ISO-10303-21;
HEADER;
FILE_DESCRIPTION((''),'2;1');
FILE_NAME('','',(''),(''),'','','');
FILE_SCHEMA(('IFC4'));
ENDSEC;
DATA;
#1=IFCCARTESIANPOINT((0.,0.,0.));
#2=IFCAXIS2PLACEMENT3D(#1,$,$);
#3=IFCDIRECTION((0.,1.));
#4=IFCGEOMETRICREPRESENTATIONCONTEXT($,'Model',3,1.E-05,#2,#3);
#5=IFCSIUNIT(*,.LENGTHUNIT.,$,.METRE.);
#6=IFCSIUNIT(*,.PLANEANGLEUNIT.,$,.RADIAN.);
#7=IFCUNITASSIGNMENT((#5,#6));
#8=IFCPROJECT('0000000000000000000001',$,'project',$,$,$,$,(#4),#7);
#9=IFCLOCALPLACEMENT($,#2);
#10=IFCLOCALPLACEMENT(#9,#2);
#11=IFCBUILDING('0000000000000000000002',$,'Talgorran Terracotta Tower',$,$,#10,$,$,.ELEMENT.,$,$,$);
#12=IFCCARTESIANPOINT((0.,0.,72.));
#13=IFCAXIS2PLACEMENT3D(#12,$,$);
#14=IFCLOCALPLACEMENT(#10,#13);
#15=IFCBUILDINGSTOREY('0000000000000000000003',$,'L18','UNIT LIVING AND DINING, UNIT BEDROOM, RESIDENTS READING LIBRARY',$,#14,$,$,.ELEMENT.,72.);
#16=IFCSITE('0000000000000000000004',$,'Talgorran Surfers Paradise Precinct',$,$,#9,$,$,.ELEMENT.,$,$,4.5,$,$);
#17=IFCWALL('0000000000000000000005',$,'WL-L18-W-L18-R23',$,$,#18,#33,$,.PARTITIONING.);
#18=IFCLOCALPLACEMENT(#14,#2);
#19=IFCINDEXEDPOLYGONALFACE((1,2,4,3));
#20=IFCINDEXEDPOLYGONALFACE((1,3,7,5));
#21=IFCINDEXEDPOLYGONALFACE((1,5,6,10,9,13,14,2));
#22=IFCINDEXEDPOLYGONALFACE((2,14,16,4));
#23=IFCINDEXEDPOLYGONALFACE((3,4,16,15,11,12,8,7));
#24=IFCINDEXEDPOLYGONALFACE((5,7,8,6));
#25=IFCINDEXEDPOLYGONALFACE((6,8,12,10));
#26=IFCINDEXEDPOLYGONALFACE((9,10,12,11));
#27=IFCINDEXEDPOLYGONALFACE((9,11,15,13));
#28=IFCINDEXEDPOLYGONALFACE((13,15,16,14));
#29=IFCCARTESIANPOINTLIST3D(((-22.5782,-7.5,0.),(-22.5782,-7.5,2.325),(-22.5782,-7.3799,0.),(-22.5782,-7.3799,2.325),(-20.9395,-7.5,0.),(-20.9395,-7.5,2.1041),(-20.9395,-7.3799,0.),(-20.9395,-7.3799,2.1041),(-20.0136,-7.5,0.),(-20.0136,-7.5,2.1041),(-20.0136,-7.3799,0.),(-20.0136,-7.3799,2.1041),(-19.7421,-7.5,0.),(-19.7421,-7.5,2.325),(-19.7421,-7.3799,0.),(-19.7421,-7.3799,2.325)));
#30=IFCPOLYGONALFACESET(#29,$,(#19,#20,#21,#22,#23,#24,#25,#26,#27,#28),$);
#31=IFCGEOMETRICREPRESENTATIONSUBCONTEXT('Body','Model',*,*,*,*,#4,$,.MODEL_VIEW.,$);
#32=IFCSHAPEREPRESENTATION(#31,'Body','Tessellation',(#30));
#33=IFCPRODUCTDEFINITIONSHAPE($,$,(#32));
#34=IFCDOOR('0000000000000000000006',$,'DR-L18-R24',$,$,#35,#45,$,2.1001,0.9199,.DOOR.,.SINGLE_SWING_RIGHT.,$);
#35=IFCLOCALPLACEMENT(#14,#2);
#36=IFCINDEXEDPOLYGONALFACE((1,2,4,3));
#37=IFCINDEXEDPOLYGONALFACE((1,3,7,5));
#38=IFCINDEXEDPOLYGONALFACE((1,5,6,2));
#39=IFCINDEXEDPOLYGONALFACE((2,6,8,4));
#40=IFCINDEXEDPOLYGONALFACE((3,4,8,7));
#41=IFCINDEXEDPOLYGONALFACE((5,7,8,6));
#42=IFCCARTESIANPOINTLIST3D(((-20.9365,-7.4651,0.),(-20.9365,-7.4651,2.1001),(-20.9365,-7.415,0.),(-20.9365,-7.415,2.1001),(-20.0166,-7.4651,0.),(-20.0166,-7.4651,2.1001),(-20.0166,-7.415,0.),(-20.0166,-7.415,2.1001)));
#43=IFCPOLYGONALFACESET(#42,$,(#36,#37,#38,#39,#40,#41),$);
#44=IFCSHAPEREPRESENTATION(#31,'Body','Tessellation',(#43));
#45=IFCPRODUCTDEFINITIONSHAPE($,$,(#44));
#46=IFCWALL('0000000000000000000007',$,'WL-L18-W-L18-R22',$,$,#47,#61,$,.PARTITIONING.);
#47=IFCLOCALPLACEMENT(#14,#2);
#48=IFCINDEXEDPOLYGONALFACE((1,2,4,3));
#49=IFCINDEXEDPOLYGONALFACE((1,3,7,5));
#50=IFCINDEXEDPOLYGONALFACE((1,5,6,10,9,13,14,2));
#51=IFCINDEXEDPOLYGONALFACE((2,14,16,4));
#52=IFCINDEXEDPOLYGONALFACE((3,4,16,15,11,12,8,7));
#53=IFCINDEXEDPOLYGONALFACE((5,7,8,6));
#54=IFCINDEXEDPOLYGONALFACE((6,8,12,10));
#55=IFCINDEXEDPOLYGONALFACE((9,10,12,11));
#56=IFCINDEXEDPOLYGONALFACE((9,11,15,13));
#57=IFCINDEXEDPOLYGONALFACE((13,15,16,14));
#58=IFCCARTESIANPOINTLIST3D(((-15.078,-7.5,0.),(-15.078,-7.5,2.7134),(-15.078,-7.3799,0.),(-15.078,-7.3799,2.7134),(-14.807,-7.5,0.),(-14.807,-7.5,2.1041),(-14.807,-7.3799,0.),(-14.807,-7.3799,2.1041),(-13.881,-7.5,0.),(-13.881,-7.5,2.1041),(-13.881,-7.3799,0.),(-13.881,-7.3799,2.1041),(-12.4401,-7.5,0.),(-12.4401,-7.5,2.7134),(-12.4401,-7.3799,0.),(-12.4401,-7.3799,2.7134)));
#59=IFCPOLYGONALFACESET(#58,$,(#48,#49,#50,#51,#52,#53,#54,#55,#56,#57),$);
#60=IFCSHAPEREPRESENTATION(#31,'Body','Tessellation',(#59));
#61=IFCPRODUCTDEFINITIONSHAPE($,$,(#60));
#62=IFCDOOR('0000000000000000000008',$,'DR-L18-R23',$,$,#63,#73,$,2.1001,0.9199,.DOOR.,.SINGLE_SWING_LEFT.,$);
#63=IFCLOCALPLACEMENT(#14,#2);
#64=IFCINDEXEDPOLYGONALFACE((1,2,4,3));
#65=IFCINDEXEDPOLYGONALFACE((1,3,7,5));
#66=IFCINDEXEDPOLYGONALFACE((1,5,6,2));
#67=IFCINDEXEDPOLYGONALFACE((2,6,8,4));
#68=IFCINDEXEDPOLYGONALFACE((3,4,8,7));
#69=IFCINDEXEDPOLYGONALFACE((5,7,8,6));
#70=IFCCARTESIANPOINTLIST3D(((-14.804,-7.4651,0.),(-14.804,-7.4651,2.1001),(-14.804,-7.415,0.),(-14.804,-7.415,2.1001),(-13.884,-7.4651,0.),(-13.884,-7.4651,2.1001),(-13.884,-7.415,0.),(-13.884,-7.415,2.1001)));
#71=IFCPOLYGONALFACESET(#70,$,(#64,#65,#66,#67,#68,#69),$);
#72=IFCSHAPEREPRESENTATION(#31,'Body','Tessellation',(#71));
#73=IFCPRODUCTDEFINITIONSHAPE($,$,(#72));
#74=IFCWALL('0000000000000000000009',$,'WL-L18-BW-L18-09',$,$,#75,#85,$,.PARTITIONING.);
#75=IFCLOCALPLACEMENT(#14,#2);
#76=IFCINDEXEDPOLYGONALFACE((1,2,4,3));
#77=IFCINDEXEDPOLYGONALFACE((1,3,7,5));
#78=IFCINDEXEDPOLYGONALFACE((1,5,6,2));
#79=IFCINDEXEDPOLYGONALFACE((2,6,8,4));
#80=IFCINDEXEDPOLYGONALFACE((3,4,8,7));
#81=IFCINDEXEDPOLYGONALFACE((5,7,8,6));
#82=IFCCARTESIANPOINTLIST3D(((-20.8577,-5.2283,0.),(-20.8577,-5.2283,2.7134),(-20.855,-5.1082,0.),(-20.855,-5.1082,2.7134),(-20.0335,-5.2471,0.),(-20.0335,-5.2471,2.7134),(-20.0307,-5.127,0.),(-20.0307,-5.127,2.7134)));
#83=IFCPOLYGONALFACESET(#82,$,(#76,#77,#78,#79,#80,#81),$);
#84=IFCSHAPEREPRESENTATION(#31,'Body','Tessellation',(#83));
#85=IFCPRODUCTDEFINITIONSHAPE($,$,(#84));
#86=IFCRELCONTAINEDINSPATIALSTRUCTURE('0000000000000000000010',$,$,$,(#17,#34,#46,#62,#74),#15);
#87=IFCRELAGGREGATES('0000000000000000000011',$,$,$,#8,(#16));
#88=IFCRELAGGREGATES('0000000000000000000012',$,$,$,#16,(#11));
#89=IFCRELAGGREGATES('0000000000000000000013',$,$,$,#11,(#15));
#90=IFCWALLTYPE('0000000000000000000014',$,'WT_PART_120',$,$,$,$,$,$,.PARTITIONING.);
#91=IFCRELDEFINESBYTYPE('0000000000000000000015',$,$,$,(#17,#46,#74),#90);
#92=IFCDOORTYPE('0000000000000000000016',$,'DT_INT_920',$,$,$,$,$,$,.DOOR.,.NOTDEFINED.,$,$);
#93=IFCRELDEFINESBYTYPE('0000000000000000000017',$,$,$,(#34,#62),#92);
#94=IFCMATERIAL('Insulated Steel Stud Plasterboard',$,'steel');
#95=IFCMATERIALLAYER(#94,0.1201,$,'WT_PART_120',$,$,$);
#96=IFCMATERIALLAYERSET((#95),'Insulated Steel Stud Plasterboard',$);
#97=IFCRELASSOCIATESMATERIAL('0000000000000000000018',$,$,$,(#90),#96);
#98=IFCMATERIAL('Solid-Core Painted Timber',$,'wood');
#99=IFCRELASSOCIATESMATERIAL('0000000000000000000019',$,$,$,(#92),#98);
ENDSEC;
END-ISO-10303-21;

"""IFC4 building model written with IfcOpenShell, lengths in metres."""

from ifc_helpers import new_model, si_unit, direction, frame, frame_2d, origin, place, context, subcontext, project, spatial, rectangle, extrude, material, layer, layer_set, type_object, element, fill, save


model = new_model("IFC4")

# Units and contexts
model_context = context("Model", 3, precision=1e-05, world=origin(), true_north=direction((0.0, 1.0)))
body_context = subcontext(model_context, "Body", "Model", "MODEL_VIEW")
ifc_project = project(units=[si_unit("LENGTHUNIT", "METRE"), si_unit("PLANEANGLEUNIT", "RADIAN")], contexts=[model_context])

# Site, building, storey
site_placement = place(None, origin())
site = spatial("IfcSite", under=ifc_project, at=site_placement, Name="Talgorran Surfers Paradise Precinct", CompositionType="ELEMENT", RefElevation=4.5)
building_placement = place(site_placement, origin())
building = spatial("IfcBuilding", under=site, at=building_placement, Name="Talgorran Terracotta Tower", CompositionType="ELEMENT")
storey_placement = place(building_placement, frame((0.0, 0.0, 72.0)))
storey = spatial("IfcBuildingStorey", under=building, at=storey_placement, Name="L18", Description="UNIT LIVING AND DINING, UNIT BEDROOM, RESIDENTS READING LIBRARY", CompositionType="ELEMENT", Elevation=72.0)

# Shared definitions
ifc_material_1 = material(Name="Insulated Steel Stud Plasterboard", Category="steel")
ifc_layer_1 = layer(ifc_material_1, 0.1201, Name="WT_PART_120")
ifc_layer_set_1 = layer_set([ifc_layer_1], Name="Insulated Steel Stud Plasterboard")
wall_type_1 = type_object("IfcWallType", Name="WT_PART_120", PredefinedType="PARTITIONING", material=ifc_layer_set_1)

# Walls, openings, doors
wall_1_placement = place(storey_placement, frame((-22.5781, -7.4399, 0.0), z_axis=(0.0, 0.0, 1.0), x_axis=(1.0, 0.0, 0.0)))
wall_1 = element("IfcWall", 1, at=wall_1_placement, inside=storey, type_object=wall_type_1, Name="WL-L18-W-L18-R23", PredefinedType="PARTITIONING", context=body_context, shape_type="SweptSolid", body=[
    extrude(rectangle(XDim=2.8362, YDim=0.1201, at=frame_2d((1.418, 0.0))), origin(), (0.0, 0.0, 1.0), 2.325),
])
opening_1_placement = place(wall_1_placement, frame((1.6416, 0.0, 0.0)))
opening_1 = element("IfcOpeningElement", 2, at=opening_1_placement, cuts=wall_1, PredefinedType="OPENING", context=body_context, shape_type="SweptSolid", body=[
    extrude(rectangle(XDim=0.9259, YDim=2.1041, at=frame_2d((0.46, 1.052))), frame((0.0, 0.0701, 0.0), z_axis=(0.0, -1.0, 0.0), x_axis=(1.0, 0.0, 0.0)), (0.0, 0.0, 1.0), 0.1401),
])
ifc_material_2 = material(Name="Solid-Core Painted Timber", Category="wood")
door_type_1 = type_object("IfcDoorType", Name="DT_INT_920", OperationType="NOTDEFINED", PredefinedType="DOOR", material=ifc_material_2)
door_1_placement = place(opening_1_placement, origin())
door_1 = element("IfcDoor", 3, at=door_1_placement, inside=storey, type_object=door_type_1, Name="DR-L18-R24", OperationType="SINGLE_SWING_RIGHT", OverallHeight=2.1001, OverallWidth=0.9199, PredefinedType="DOOR", context=body_context, shape_type="SweptSolid", body=[
    extrude(rectangle(XDim=0.9199, YDim=2.1001, at=frame_2d((0.46, 1.05))), frame((0.0, 0.0249, 0.0), z_axis=(0.0, -1.0, 0.0), x_axis=(1.0, 0.0, 0.0)), (0.0, 0.0, 1.0), 0.05),
])
fill(opening_1, door_1)
wall_2_placement = place(storey_placement, frame((-15.0779, -7.4399, 0.0), z_axis=(0.0, 0.0, 1.0), x_axis=(1.0, 0.0, 0.0)))
wall_2 = element("IfcWall", 4, at=wall_2_placement, inside=storey, type_object=wall_type_1, Name="WL-L18-W-L18-R22", PredefinedType="PARTITIONING", context=body_context, shape_type="SweptSolid", body=[
    extrude(rectangle(XDim=2.6379, YDim=0.1201, at=frame_2d((1.3188, 0.0))), origin(), (0.0, 0.0, 1.0), 2.7134),
])
opening_2_placement = place(wall_2_placement, frame((0.2739, 0.0, 0.0)))
opening_2 = element("IfcOpeningElement", 5, at=opening_2_placement, cuts=wall_2, PredefinedType="OPENING", context=body_context, shape_type="SweptSolid", body=[
    extrude(rectangle(XDim=0.9259, YDim=2.1041, at=frame_2d((0.46, 1.052))), frame((0.0, 0.0701, 0.0), z_axis=(0.0, -1.0, 0.0), x_axis=(1.0, 0.0, 0.0)), (0.0, 0.0, 1.0), 0.1401),
])
door_2_placement = place(opening_2_placement, origin())
door_2 = element("IfcDoor", 6, at=door_2_placement, inside=storey, type_object=door_type_1, Name="DR-L18-R23", OperationType="SINGLE_SWING_LEFT", OverallHeight=2.1001, OverallWidth=0.9199, PredefinedType="DOOR", context=body_context, shape_type="SweptSolid", body=[
    extrude(rectangle(XDim=0.9199, YDim=2.1001, at=frame_2d((0.46, 1.05))), frame((0.0, 0.0249, 0.0), z_axis=(0.0, -1.0, 0.0), x_axis=(1.0, 0.0, 0.0)), (0.0, 0.0, 1.0), 0.05),
])
fill(opening_2, door_2)

# Wall
wall_3_placement = place(storey_placement, frame((-20.0322, -5.187, 0.0), z_axis=(0.0, 0.0, 1.0), x_axis=(-0.99974, 0.022802, 0.0)))
element("IfcWall", 7, at=wall_3_placement, inside=storey, type_object=wall_type_1, Name="WL-L18-BW-L18-09", PredefinedType="PARTITIONING", context=body_context, shape_type="SweptSolid", body=[
    extrude(rectangle(XDim=0.8245, YDim=0.1201, at=frame_2d((0.4121, 0.0))), origin(), (0.0, 0.0, 1.0), 2.7134),
])

save(model, "model.ifc")
